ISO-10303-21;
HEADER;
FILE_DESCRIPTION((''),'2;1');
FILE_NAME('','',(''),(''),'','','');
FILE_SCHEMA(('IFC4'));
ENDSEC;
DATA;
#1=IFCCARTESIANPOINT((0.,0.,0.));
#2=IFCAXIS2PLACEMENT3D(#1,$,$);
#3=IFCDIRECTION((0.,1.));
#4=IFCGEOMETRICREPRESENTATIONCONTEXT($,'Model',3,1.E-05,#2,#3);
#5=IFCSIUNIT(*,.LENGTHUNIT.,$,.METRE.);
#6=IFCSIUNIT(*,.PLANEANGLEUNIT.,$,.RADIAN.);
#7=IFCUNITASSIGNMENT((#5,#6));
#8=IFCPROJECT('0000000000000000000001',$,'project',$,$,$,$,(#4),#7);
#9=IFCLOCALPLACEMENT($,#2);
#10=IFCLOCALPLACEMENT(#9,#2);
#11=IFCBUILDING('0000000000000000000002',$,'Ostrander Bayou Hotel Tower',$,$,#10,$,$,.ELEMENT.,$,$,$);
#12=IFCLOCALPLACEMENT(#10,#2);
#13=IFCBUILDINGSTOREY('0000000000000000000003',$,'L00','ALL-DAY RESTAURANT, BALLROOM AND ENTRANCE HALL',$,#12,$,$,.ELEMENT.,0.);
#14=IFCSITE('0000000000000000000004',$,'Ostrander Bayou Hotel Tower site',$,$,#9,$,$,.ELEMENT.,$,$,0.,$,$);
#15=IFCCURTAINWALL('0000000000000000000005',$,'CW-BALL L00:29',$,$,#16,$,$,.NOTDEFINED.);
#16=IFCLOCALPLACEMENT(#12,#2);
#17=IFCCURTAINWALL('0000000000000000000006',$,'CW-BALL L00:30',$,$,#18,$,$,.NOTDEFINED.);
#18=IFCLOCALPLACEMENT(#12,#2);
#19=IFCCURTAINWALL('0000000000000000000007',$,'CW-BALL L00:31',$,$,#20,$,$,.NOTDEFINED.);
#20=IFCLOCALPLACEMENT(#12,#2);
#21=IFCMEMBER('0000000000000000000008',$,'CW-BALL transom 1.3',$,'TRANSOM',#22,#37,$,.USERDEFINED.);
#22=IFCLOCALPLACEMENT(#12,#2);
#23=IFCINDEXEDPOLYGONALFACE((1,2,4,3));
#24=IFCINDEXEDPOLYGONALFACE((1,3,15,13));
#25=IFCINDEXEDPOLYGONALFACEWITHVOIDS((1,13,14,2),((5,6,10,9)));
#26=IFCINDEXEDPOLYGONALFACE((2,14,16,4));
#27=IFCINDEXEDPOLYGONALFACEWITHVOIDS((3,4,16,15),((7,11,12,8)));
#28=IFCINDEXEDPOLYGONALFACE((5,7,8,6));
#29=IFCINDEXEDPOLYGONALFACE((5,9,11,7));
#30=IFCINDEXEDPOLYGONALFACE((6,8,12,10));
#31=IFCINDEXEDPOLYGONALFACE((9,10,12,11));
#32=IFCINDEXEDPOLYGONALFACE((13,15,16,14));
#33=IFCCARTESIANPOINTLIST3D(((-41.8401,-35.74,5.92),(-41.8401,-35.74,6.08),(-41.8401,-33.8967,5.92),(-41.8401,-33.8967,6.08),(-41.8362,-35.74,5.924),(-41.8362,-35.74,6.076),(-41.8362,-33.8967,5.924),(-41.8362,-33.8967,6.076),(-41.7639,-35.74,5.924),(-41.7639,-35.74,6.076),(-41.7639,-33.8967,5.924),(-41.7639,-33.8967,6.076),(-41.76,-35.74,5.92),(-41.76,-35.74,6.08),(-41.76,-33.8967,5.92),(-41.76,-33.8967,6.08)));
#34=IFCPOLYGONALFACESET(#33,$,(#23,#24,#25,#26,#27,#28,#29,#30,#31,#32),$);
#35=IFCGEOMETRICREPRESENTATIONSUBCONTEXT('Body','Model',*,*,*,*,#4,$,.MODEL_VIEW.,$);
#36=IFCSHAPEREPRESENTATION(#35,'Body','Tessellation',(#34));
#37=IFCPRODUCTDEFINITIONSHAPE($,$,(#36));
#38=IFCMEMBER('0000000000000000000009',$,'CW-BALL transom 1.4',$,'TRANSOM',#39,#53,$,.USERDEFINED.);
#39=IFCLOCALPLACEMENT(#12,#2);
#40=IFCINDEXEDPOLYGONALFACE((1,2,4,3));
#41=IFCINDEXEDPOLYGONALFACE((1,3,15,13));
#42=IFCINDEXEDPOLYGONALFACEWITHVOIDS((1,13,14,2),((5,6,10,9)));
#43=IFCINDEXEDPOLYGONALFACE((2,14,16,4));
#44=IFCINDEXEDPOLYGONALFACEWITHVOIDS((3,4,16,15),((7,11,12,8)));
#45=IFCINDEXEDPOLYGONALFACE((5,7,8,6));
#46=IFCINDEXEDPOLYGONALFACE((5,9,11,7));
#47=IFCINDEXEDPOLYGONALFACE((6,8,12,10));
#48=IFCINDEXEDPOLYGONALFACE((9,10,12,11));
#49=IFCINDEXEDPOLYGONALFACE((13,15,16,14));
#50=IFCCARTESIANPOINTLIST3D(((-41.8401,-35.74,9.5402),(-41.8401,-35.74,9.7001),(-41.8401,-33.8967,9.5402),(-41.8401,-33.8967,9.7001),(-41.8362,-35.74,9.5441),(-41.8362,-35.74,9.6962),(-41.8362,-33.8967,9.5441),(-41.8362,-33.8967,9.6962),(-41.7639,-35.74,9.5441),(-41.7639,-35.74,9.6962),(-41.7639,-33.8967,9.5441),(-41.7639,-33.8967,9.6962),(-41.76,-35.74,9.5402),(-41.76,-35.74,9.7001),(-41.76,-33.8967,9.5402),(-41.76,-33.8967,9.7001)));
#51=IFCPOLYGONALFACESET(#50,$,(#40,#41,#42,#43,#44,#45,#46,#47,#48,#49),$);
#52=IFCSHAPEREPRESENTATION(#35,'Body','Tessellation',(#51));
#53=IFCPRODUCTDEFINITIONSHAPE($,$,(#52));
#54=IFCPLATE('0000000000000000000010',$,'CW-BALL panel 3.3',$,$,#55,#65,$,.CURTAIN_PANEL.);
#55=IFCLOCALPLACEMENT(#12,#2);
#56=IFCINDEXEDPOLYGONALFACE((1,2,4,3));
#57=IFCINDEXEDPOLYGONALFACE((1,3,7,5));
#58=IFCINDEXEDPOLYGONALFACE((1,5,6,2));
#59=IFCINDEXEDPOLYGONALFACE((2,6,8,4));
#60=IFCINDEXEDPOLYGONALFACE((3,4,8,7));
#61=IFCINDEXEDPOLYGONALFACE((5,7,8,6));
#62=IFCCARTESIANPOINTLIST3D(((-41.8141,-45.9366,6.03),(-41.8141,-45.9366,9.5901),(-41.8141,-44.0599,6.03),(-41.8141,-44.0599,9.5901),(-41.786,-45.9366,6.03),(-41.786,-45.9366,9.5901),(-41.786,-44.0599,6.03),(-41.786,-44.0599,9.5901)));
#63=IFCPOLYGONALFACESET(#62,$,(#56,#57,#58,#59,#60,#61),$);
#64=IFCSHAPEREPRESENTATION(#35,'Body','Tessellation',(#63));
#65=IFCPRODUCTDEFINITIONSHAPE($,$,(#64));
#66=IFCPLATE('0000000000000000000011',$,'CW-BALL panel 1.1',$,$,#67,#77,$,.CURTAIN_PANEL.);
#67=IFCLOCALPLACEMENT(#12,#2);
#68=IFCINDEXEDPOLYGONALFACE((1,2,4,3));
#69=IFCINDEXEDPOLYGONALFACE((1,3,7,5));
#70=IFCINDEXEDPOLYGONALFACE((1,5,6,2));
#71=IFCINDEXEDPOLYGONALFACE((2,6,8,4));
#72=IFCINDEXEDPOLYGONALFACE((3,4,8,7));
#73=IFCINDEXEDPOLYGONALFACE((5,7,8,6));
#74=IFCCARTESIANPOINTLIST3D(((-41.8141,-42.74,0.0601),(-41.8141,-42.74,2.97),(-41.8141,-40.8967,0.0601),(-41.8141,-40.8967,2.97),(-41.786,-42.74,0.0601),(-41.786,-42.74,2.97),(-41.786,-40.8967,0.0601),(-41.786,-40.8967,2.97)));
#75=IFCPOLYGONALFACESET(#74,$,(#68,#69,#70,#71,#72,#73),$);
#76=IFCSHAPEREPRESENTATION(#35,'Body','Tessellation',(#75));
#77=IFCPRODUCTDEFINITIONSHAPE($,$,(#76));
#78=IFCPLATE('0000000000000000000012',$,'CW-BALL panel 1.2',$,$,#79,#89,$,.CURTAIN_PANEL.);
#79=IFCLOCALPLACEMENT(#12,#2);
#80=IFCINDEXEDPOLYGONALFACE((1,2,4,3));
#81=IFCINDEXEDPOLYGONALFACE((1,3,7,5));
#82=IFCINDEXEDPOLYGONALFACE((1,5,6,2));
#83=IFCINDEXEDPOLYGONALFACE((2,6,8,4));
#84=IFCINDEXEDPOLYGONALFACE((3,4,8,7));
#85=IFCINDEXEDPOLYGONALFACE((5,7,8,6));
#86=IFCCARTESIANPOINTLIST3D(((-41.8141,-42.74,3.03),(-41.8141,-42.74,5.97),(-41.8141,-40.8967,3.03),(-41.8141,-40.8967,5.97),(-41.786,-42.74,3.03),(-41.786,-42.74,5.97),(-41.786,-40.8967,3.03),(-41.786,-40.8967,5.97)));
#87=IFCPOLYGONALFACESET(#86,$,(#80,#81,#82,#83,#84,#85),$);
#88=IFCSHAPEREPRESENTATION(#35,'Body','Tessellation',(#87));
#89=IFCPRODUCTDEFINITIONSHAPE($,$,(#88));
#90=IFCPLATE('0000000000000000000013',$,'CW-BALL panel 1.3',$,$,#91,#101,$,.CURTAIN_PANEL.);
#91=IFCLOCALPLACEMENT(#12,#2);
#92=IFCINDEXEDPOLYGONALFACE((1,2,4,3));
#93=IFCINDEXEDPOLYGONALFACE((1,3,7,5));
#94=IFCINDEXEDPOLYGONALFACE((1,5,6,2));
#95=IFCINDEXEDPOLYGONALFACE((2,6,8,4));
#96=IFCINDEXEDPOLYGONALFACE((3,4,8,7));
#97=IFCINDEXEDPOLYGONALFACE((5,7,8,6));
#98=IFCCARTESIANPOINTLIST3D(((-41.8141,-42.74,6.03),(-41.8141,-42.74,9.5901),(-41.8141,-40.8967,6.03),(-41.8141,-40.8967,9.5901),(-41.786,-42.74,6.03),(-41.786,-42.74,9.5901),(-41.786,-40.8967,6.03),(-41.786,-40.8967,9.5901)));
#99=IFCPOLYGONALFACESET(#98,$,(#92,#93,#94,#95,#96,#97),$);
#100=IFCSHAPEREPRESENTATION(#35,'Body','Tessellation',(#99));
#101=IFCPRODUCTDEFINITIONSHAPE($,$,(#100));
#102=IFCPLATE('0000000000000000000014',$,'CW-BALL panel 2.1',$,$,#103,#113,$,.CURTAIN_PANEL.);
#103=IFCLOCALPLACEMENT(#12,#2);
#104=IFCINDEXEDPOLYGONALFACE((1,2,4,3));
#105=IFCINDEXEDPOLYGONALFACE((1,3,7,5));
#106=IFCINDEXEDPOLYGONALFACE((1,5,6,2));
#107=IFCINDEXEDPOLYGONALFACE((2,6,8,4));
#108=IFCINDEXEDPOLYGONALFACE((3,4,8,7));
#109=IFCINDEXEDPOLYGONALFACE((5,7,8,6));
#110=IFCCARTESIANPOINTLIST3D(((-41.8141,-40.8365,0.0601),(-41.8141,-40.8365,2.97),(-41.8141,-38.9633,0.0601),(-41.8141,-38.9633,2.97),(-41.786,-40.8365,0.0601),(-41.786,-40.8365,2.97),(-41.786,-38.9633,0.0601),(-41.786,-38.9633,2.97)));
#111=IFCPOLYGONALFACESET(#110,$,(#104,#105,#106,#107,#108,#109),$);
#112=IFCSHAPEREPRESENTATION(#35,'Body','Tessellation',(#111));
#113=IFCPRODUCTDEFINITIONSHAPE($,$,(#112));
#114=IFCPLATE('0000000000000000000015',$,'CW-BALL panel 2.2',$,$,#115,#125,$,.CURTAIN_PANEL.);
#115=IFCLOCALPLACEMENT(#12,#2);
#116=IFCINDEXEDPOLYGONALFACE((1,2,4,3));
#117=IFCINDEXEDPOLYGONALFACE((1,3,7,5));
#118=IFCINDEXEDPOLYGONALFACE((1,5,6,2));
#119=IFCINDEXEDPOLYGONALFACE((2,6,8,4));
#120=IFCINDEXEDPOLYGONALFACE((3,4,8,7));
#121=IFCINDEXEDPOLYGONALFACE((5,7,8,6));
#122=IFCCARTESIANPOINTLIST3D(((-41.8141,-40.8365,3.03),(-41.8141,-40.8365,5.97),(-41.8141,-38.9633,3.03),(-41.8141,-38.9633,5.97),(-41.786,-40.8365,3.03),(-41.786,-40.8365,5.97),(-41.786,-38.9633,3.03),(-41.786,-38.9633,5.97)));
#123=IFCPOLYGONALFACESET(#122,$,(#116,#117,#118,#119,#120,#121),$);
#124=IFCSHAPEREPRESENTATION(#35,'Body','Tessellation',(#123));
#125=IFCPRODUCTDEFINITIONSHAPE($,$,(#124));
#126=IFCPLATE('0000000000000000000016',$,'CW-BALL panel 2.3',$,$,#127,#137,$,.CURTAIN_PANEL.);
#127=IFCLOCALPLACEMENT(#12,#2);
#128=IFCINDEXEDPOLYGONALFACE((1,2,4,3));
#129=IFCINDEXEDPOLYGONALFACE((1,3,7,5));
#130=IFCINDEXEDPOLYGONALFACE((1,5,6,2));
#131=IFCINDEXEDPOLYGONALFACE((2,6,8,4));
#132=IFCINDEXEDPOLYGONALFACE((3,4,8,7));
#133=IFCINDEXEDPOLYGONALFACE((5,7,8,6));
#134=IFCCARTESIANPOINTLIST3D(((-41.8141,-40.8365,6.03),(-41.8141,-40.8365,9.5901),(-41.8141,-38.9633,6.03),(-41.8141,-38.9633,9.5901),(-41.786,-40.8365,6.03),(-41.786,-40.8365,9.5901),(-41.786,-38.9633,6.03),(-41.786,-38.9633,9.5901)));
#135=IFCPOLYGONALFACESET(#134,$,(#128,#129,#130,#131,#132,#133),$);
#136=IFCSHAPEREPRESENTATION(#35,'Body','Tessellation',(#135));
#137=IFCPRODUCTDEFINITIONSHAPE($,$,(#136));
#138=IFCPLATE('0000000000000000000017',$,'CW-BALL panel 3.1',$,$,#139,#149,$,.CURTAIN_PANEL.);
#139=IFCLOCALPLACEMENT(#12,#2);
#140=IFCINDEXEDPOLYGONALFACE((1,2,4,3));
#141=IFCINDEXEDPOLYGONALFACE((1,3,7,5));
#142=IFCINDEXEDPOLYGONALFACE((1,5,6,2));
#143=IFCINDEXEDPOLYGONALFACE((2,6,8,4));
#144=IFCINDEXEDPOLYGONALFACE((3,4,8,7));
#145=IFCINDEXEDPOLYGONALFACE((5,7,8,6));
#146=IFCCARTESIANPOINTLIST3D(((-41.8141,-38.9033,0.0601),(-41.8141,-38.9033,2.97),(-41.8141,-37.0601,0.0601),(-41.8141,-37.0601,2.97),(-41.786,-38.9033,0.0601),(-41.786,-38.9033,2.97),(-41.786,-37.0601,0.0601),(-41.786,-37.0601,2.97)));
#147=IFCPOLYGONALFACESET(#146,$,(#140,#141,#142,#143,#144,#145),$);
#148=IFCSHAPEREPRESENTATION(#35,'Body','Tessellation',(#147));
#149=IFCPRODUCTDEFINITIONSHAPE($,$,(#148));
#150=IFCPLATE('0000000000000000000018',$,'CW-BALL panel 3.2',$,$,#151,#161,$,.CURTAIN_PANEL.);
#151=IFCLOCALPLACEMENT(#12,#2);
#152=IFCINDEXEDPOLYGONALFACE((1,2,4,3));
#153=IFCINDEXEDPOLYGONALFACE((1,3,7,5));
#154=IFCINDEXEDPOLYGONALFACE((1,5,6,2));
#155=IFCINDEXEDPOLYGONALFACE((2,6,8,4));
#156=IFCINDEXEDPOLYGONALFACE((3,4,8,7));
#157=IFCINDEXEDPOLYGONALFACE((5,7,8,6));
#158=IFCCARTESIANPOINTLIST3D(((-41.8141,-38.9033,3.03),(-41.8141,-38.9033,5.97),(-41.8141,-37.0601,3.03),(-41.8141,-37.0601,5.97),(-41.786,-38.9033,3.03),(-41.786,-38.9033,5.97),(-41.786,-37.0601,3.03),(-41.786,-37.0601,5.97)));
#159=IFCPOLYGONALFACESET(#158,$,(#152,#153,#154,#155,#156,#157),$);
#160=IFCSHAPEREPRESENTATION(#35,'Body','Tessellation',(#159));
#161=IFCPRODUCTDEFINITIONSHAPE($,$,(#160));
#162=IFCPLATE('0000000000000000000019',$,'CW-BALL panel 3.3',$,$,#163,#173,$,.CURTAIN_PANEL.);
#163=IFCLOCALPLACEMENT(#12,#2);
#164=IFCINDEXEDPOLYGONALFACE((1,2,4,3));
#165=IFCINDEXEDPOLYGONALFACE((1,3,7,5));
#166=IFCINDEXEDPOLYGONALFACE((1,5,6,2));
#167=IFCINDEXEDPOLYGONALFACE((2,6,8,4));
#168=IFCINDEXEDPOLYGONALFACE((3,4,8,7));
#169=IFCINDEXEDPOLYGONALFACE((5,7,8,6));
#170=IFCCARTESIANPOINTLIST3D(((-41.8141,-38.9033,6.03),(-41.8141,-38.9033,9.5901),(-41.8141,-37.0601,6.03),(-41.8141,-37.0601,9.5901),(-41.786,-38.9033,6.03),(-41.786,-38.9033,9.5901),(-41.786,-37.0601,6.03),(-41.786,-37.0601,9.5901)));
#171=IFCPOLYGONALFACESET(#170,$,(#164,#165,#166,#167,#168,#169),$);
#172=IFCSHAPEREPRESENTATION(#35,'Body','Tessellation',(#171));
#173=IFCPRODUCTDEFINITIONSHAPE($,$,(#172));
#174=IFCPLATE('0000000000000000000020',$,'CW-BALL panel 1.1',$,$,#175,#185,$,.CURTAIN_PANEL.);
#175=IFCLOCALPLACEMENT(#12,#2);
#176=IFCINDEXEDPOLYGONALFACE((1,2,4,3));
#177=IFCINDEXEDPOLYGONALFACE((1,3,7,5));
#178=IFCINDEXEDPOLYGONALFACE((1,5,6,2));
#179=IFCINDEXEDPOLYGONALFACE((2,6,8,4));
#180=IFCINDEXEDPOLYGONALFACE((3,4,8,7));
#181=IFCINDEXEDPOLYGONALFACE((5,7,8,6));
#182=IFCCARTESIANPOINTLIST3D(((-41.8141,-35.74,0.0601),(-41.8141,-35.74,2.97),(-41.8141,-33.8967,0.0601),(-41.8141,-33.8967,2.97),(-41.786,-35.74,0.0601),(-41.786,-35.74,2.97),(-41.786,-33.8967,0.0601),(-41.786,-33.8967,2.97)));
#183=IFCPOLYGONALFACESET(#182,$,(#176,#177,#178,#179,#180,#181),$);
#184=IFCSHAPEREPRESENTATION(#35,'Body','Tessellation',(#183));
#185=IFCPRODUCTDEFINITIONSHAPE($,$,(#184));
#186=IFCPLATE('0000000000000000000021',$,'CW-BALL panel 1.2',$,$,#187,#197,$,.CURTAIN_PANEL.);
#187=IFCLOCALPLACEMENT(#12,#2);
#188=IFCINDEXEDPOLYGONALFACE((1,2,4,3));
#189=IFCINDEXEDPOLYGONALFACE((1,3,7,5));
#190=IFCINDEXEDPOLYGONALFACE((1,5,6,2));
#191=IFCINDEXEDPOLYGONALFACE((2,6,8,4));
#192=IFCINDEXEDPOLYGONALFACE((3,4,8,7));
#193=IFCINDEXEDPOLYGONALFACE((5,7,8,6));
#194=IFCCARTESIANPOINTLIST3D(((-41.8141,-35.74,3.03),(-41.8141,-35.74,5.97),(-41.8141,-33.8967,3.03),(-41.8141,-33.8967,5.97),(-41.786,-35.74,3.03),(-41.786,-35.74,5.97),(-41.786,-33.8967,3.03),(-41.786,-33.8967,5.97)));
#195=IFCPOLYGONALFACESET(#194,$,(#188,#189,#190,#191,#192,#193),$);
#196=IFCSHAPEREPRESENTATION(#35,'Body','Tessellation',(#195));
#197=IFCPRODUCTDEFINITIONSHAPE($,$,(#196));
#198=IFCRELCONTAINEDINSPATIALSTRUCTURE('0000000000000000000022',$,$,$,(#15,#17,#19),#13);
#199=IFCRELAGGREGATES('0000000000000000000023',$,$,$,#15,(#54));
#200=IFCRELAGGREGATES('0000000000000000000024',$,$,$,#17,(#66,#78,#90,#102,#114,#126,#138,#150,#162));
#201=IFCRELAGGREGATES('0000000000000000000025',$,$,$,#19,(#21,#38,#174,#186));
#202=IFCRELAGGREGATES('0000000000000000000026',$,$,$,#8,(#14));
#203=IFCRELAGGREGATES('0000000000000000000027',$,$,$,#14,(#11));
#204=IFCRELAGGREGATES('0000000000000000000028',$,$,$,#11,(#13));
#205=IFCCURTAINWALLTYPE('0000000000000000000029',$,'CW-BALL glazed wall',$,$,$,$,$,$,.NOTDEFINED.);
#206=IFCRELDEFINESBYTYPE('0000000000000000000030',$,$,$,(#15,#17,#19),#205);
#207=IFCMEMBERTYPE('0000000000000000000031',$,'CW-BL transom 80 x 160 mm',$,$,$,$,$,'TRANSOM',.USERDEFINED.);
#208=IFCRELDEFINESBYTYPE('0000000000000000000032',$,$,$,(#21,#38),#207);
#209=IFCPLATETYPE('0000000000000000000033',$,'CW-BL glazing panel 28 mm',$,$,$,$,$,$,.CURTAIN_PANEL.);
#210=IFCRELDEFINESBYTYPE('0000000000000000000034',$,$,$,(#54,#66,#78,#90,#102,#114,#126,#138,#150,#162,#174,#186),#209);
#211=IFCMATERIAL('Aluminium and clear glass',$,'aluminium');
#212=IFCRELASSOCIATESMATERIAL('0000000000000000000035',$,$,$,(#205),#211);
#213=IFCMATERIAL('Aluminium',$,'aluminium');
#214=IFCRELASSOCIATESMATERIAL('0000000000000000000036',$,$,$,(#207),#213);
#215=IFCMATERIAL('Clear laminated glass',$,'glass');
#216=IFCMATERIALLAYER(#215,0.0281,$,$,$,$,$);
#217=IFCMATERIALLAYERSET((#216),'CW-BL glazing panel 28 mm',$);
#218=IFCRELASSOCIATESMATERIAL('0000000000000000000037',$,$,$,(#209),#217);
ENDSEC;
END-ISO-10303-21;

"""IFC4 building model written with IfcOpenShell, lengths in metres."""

from ifc_helpers import new_model, si_unit, direction, frame, origin, origin_2d, place, context, subcontext, project, spatial, rectangle, hollow_rectangle, extrude, material, layer, layer_set, material_profile, profile_set, type_object, element, aggregate, save


model = new_model("IFC4")

# Units and contexts
model_context = context("Model", 3, precision=1e-05, world=origin(), true_north=direction((0.0, 1.0)))
body_context = subcontext(model_context, "Body", "Model", "MODEL_VIEW")
ifc_project = project(units=[si_unit("LENGTHUNIT", "METRE"), si_unit("PLANEANGLEUNIT", "RADIAN")], contexts=[model_context])

# Site, building, storey
site_placement = place(None, origin())
site = spatial("IfcSite", under=ifc_project, at=site_placement, Name="Ostrander Bayou Hotel Tower site", CompositionType="ELEMENT", RefElevation=0.0)
building_placement = place(site_placement, origin())
building = spatial("IfcBuilding", under=site, at=building_placement, Name="Ostrander Bayou Hotel Tower", CompositionType="ELEMENT")
storey_placement = place(building_placement, origin())
storey = spatial("IfcBuildingStorey", under=building, at=storey_placement, Name="L00", Description="ALL-DAY RESTAURANT, BALLROOM AND ENTRANCE HALL", CompositionType="ELEMENT", Elevation=0.0)

# Curtain wall
ifc_material_1 = material(Name="Aluminium and clear glass", Category="aluminium")
curtain_wall_type = type_object("IfcCurtainWallType", Name="CW-BALL glazed wall", PredefinedType="NOTDEFINED", material=ifc_material_1)
curtain_wall_1_placement = place(storey_placement, origin())
curtain_wall_1 = element("IfcCurtainWall", 1, at=curtain_wall_1_placement, inside=storey, type_object=curtain_wall_type, Name="CW-BALL L00:29", PredefinedType="NOTDEFINED")

# Curtain wall
curtain_wall_2_placement = place(storey_placement, origin())
curtain_wall_2 = element("IfcCurtainWall", 2, at=curtain_wall_2_placement, inside=storey, type_object=curtain_wall_type, Name="CW-BALL L00:30", PredefinedType="NOTDEFINED")

# Curtain wall
curtain_wall_3_placement = place(storey_placement, origin())
curtain_wall_3 = element("IfcCurtainWall", 3, at=curtain_wall_3_placement, inside=storey, type_object=curtain_wall_type, Name="CW-BALL L00:31", PredefinedType="NOTDEFINED")

# Members
ifc_material_2 = material(Name="Aluminium", Category="aluminium")
ifc_material_profile_1 = material_profile(ifc_material_2, hollow_rectangle(XDim=0.0801, YDim=0.1599, WallThickness=0.0039, at=origin_2d()))
ifc_profile_set_1 = profile_set([ifc_material_profile_1], Name="Aluminium")
member_type_1 = type_object("IfcMemberType", Name="CW-BL transom 80 x 160 mm", ElementType="TRANSOM", PredefinedType="USERDEFINED", material=ifc_profile_set_1)
member_1_placement = place(storey_placement, frame((-41.8, -35.74, 6.0), z_axis=(0.0, 1.0, 0.0), x_axis=(-1.0, 0.0, 0.0)))
member_1 = element("IfcMember", 4, at=member_1_placement, type_object=member_type_1, Name="CW-BALL transom 1.3", ObjectType="TRANSOM", PredefinedType="USERDEFINED", context=body_context, shape_type="SweptSolid", body=[
    extrude(hollow_rectangle(XDim=0.0801, YDim=0.1599, WallThickness=0.0039, at=origin_2d()), origin(), (0.0, 0.0, 1.0), 1.8433),
])
member_2_placement = place(storey_placement, frame((-41.8, -35.74, 9.6201), z_axis=(0.0, 1.0, 0.0), x_axis=(-1.0, 0.0, 0.0)))
member_2 = element("IfcMember", 5, at=member_2_placement, type_object=member_type_1, Name="CW-BALL transom 1.4", ObjectType="TRANSOM", PredefinedType="USERDEFINED", context=body_context, shape_type="SweptSolid", body=[
    extrude(hollow_rectangle(XDim=0.0801, YDim=0.1599, WallThickness=0.0039, at=origin_2d()), origin(), (0.0, 0.0, 1.0), 1.8433),
])

# Plates
ifc_material_3 = material(Name="Clear laminated glass", Category="glass")
ifc_layer = layer(ifc_material_3, 0.0281)
ifc_layer_set = layer_set([ifc_layer], Name="CW-BL glazing panel 28 mm")
plate_type = type_object("IfcPlateType", Name="CW-BL glazing panel 28 mm", PredefinedType="CURTAIN_PANEL", material=ifc_layer_set)
plate_1_placement = place(storey_placement, frame((-41.8, -44.9983, 6.03), z_axis=(0.0, 0.0, 1.0), x_axis=(0.0, 1.0, 0.0)))
plate_1 = element("IfcPlate", 6, at=plate_1_placement, type_object=plate_type, Name="CW-BALL panel 3.3", PredefinedType="CURTAIN_PANEL", context=body_context, shape_type="SweptSolid", body=[
    extrude(rectangle(XDim=1.8767, YDim=0.0281, at=origin_2d()), origin(), (0.0, 0.0, 1.0), 3.5601),
])
aggregate(curtain_wall_1, [plate_1])
plate_2_placement = place(storey_placement, frame((-41.8, -41.8184, 0.0601), z_axis=(0.0, 0.0, 1.0), x_axis=(0.0, 1.0, 0.0)))
plate_2 = element("IfcPlate", 7, at=plate_2_placement, type_object=plate_type, Name="CW-BALL panel 1.1", PredefinedType="CURTAIN_PANEL", context=body_context, shape_type="SweptSolid", body=[
    extrude(rectangle(XDim=1.8433, YDim=0.0281, at=origin_2d()), origin(), (0.0, 0.0, 1.0), 2.9099),
])
plate_3_placement = place(storey_placement, frame((-41.8, -41.8184, 3.03), z_axis=(0.0, 0.0, 1.0), x_axis=(0.0, 1.0, 0.0)))
plate_3 = element("IfcPlate", 8, at=plate_3_placement, type_object=plate_type, Name="CW-BALL panel 1.2", PredefinedType="CURTAIN_PANEL", context=body_context, shape_type="SweptSolid", body=[
    extrude(rectangle(XDim=1.8433, YDim=0.0281, at=origin_2d()), origin(), (0.0, 0.0, 1.0), 2.9399),
])
plate_4_placement = place(storey_placement, frame((-41.8, -41.8184, 6.03), z_axis=(0.0, 0.0, 1.0), x_axis=(0.0, 1.0, 0.0)))
plate_4 = element("IfcPlate", 9, at=plate_4_placement, type_object=plate_type, Name="CW-BALL panel 1.3", PredefinedType="CURTAIN_PANEL", context=body_context, shape_type="SweptSolid", body=[
    extrude(rectangle(XDim=1.8433, YDim=0.0281, at=origin_2d()), origin(), (0.0, 0.0, 1.0), 3.5601),
])
plate_5_placement = place(storey_placement, frame((-41.8, -39.8999, 0.0601), z_axis=(0.0, 0.0, 1.0), x_axis=(0.0, 1.0, 0.0)))
plate_5 = element("IfcPlate", 10, at=plate_5_placement, type_object=plate_type, Name="CW-BALL panel 2.1", PredefinedType="CURTAIN_PANEL", context=body_context, shape_type="SweptSolid", body=[
    extrude(rectangle(XDim=1.8733, YDim=0.0281, at=origin_2d()), origin(), (0.0, 0.0, 1.0), 2.9099),
])
plate_6_placement = place(storey_placement, frame((-41.8, -39.8999, 3.03), z_axis=(0.0, 0.0, 1.0), x_axis=(0.0, 1.0, 0.0)))
plate_6 = element("IfcPlate", 11, at=plate_6_placement, type_object=plate_type, Name="CW-BALL panel 2.2", PredefinedType="CURTAIN_PANEL", context=body_context, shape_type="SweptSolid", body=[
    extrude(rectangle(XDim=1.8733, YDim=0.0281, at=origin_2d()), origin(), (0.0, 0.0, 1.0), 2.9399),
])
plate_7_placement = place(storey_placement, frame((-41.8, -39.8999, 6.03), z_axis=(0.0, 0.0, 1.0), x_axis=(0.0, 1.0, 0.0)))
plate_7 = element("IfcPlate", 12, at=plate_7_placement, type_object=plate_type, Name="CW-BALL panel 2.3", PredefinedType="CURTAIN_PANEL", context=body_context, shape_type="SweptSolid", body=[
    extrude(rectangle(XDim=1.8733, YDim=0.0281, at=origin_2d()), origin(), (0.0, 0.0, 1.0), 3.5601),
])
plate_8_placement = place(storey_placement, frame((-41.8, -37.9817, 0.0601), z_axis=(0.0, 0.0, 1.0), x_axis=(0.0, 1.0, 0.0)))
plate_8 = element("IfcPlate", 13, at=plate_8_placement, type_object=plate_type, Name="CW-BALL panel 3.1", PredefinedType="CURTAIN_PANEL", context=body_context, shape_type="SweptSolid", body=[
    extrude(rectangle(XDim=1.8433, YDim=0.0281, at=origin_2d()), origin(), (0.0, 0.0, 1.0), 2.9099),
])
plate_9_placement = place(storey_placement, frame((-41.8, -37.9817, 3.03), z_axis=(0.0, 0.0, 1.0), x_axis=(0.0, 1.0, 0.0)))
plate_9 = element("IfcPlate", 14, at=plate_9_placement, type_object=plate_type, Name="CW-BALL panel 3.2", PredefinedType="CURTAIN_PANEL", context=body_context, shape_type="SweptSolid", body=[
    extrude(rectangle(XDim=1.8433, YDim=0.0281, at=origin_2d()), origin(), (0.0, 0.0, 1.0), 2.9399),
])
plate_10_placement = place(storey_placement, frame((-41.8, -37.9817, 6.03), z_axis=(0.0, 0.0, 1.0), x_axis=(0.0, 1.0, 0.0)))
plate_10 = element("IfcPlate", 15, at=plate_10_placement, type_object=plate_type, Name="CW-BALL panel 3.3", PredefinedType="CURTAIN_PANEL", context=body_context, shape_type="SweptSolid", body=[
    extrude(rectangle(XDim=1.8433, YDim=0.0281, at=origin_2d()), origin(), (0.0, 0.0, 1.0), 3.5601),
])
aggregate(curtain_wall_2, [plate_2, plate_3, plate_4, plate_5, plate_6, plate_7, plate_8, plate_9, plate_10])
plate_11_placement = place(storey_placement, frame((-41.8, -34.8184, 0.0601), z_axis=(0.0, 0.0, 1.0), x_axis=(0.0, 1.0, 0.0)))
plate_11 = element("IfcPlate", 16, at=plate_11_placement, type_object=plate_type, Name="CW-BALL panel 1.1", PredefinedType="CURTAIN_PANEL", context=body_context, shape_type="SweptSolid", body=[
    extrude(rectangle(XDim=1.8433, YDim=0.0281, at=origin_2d()), origin(), (0.0, 0.0, 1.0), 2.9099),
])
plate_12_placement = place(storey_placement, frame((-41.8, -34.8184, 3.03), z_axis=(0.0, 0.0, 1.0), x_axis=(0.0, 1.0, 0.0)))
plate_12 = element("IfcPlate", 17, at=plate_12_placement, type_object=plate_type, Name="CW-BALL panel 1.2", PredefinedType="CURTAIN_PANEL", context=body_context, shape_type="SweptSolid", body=[
    extrude(rectangle(XDim=1.8433, YDim=0.0281, at=origin_2d()), origin(), (0.0, 0.0, 1.0), 2.9399),
])
aggregate(curtain_wall_3, [member_1, member_2, plate_11, plate_12])

save(model, "model.ifc")
